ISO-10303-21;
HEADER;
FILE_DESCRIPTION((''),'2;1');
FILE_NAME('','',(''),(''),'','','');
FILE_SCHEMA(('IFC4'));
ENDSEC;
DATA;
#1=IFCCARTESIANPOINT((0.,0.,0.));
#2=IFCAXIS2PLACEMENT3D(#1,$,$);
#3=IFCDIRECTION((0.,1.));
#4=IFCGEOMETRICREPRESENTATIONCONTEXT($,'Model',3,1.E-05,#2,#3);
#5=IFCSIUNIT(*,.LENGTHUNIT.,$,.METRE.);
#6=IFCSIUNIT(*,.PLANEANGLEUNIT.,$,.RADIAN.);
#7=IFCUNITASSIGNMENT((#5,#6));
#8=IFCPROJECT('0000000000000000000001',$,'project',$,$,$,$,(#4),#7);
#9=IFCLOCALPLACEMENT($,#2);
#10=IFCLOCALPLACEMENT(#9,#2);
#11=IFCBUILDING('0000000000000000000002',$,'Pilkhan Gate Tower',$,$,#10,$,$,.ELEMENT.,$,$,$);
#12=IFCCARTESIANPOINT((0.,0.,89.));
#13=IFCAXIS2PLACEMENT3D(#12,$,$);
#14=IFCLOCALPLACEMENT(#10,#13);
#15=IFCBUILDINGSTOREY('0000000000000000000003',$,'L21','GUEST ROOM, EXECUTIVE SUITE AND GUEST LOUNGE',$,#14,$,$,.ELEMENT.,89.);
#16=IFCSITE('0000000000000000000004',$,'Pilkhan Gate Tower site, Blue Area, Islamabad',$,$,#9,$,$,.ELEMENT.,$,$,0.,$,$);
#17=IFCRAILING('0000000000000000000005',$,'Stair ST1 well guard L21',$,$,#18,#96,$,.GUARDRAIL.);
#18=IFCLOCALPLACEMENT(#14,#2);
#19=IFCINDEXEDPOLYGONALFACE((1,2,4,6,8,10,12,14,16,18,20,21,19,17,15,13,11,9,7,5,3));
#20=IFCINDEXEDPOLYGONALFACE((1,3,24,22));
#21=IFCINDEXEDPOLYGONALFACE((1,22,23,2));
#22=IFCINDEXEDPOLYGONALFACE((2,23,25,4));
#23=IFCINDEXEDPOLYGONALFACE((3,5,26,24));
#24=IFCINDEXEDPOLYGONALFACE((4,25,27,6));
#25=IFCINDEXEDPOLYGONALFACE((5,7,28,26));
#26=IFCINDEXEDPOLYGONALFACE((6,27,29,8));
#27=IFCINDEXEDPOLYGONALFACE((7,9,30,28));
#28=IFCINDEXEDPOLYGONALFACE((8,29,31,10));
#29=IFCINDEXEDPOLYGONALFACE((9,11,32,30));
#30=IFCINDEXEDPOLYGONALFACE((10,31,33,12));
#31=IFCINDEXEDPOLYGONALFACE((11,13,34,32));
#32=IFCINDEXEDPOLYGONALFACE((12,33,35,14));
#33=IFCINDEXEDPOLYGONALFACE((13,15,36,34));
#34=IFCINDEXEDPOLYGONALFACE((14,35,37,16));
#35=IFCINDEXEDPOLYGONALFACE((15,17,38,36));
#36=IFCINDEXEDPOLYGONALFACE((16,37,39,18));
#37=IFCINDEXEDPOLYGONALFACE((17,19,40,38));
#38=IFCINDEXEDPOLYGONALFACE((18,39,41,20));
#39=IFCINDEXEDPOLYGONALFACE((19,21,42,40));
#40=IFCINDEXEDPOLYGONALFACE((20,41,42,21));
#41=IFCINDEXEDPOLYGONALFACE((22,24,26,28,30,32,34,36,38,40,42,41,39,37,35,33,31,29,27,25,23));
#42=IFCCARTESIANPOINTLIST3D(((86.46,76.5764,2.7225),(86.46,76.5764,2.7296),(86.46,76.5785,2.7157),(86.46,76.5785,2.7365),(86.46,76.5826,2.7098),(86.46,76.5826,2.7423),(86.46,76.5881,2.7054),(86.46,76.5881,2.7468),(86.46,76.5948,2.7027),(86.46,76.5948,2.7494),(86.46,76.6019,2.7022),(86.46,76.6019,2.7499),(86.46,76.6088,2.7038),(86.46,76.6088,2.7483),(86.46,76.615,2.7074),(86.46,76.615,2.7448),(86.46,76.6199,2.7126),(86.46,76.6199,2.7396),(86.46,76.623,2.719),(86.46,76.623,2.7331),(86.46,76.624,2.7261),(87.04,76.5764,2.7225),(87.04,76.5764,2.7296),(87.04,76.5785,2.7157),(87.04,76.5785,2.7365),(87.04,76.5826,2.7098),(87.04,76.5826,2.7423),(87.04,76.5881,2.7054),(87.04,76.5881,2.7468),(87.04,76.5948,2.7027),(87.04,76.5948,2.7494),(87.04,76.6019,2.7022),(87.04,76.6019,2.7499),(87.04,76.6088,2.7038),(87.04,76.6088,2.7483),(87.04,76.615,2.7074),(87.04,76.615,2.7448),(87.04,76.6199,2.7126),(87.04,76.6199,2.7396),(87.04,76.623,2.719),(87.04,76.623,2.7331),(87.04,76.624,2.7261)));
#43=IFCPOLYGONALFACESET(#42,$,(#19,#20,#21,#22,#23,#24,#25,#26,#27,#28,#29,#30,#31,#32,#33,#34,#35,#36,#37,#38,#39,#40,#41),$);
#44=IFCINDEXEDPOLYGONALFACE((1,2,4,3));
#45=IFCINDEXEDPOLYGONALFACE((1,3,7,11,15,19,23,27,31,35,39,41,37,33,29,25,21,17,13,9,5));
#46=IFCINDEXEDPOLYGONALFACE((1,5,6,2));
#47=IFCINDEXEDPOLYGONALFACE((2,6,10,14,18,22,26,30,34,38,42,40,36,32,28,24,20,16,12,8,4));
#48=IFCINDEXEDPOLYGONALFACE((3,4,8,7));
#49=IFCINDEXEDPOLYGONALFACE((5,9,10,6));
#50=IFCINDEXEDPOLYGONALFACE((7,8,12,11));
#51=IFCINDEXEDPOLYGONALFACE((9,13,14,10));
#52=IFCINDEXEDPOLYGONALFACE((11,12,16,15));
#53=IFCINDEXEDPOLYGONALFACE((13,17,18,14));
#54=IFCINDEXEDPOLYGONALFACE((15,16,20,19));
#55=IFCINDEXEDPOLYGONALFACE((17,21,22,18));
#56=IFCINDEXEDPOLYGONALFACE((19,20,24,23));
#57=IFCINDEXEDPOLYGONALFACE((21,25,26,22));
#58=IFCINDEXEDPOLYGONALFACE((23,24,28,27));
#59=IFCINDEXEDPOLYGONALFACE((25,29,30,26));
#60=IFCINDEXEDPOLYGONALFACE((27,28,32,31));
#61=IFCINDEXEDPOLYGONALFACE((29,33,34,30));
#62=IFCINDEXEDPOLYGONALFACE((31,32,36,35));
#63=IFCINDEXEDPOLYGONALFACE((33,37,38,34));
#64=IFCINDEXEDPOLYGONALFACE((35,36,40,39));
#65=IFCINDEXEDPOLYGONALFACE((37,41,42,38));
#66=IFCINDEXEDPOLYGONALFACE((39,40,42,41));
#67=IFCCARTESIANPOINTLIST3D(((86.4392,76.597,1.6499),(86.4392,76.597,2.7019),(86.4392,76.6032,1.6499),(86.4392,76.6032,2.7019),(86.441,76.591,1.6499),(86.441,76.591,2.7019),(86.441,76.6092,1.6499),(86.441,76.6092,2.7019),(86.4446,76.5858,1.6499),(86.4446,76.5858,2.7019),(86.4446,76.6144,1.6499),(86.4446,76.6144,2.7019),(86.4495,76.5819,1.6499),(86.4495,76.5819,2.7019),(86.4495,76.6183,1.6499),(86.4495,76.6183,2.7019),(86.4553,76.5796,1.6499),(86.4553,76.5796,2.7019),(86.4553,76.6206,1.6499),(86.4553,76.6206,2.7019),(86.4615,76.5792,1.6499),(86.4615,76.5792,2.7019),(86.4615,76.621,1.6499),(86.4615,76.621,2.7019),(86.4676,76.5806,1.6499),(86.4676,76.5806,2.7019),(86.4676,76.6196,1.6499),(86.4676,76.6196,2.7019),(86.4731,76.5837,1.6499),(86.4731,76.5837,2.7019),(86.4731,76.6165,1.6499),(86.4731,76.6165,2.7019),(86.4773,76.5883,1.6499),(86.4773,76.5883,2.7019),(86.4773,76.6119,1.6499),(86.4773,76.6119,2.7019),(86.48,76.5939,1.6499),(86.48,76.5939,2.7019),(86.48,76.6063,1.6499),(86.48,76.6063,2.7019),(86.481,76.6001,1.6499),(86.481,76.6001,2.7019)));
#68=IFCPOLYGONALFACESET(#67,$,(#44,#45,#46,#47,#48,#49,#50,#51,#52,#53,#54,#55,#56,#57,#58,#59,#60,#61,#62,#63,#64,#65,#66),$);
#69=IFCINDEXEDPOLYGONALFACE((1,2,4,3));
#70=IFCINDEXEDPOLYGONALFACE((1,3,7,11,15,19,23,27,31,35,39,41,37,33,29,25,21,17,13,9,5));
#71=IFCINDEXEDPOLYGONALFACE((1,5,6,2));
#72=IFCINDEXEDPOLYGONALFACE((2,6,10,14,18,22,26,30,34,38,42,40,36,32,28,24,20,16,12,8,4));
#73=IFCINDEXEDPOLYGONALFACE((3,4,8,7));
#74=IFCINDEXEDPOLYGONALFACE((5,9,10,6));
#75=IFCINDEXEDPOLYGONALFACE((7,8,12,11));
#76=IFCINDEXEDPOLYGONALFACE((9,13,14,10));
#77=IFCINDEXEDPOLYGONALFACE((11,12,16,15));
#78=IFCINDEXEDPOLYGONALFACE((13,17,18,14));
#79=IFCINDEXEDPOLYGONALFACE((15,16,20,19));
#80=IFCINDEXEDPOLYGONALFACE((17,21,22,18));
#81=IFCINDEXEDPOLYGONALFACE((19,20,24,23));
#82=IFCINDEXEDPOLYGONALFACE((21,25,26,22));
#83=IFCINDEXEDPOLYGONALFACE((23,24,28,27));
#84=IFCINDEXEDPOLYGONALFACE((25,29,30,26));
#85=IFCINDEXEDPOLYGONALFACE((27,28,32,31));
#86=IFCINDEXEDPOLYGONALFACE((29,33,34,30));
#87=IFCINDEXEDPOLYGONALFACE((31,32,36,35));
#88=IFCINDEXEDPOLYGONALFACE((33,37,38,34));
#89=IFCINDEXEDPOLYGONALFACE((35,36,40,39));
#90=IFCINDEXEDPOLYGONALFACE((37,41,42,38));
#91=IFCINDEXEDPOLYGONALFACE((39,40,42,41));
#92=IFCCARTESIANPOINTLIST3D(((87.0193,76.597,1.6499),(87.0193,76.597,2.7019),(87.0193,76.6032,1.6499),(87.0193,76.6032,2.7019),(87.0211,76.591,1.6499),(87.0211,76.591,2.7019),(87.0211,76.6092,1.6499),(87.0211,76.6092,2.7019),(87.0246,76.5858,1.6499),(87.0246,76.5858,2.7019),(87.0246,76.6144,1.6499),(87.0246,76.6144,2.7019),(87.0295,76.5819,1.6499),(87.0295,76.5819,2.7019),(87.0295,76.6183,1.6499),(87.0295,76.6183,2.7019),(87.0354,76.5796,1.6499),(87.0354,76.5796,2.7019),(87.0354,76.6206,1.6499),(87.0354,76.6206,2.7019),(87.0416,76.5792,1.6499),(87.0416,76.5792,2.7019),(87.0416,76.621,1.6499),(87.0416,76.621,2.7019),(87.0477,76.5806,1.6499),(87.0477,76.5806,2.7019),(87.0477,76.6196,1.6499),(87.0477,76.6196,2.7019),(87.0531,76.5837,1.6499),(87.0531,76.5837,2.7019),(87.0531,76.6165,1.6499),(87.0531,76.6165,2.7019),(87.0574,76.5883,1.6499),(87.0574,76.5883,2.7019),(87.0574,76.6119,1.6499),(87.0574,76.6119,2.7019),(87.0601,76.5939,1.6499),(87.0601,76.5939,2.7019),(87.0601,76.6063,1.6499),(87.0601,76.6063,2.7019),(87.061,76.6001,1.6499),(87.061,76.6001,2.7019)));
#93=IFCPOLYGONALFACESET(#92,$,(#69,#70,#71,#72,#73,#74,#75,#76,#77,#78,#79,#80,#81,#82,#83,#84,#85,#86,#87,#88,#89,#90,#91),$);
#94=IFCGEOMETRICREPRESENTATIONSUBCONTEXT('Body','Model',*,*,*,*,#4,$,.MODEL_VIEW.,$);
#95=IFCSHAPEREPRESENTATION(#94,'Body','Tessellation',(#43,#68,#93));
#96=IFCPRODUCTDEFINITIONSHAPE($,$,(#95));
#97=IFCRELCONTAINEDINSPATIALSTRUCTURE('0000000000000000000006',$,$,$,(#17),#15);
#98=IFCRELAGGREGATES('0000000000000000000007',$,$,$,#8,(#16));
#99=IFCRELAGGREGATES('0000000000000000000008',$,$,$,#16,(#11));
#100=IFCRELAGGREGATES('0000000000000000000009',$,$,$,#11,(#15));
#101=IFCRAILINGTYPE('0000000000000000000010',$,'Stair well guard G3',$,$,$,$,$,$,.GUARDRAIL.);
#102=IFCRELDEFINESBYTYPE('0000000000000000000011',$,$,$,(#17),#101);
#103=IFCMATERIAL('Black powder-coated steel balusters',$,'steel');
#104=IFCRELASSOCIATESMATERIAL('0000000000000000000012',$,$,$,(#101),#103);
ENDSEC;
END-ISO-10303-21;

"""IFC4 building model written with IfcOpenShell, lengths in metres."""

from ifc_helpers import new_model, si_unit, direction, frame, origin, origin_2d, place, context, subcontext, project, spatial, circle, extrude, material, type_object, element, save


model = new_model("IFC4")

# Units and contexts
model_context = context("Model", 3, precision=1e-05, world=origin(), true_north=direction((0.0, 1.0)))
body_context = subcontext(model_context, "Body", "Model", "MODEL_VIEW")
ifc_project = project(units=[si_unit("LENGTHUNIT", "METRE"), si_unit("PLANEANGLEUNIT", "RADIAN")], contexts=[model_context])

# Site, building, storey
site_placement = place(None, origin())
site = spatial("IfcSite", under=ifc_project, at=site_placement, Name="Pilkhan Gate Tower site, Blue Area, Islamabad", CompositionType="ELEMENT", RefElevation=0.0)
building_placement = place(site_placement, origin())
building = spatial("IfcBuilding", under=site, at=building_placement, Name="Pilkhan Gate Tower", CompositionType="ELEMENT")
storey_placement = place(building_placement, frame((0.0, 0.0, 89.0)))
storey = spatial("IfcBuildingStorey", under=building, at=storey_placement, Name="L21", Description="GUEST ROOM, EXECUTIVE SUITE AND GUEST LOUNGE", CompositionType="ELEMENT", Elevation=89.0)

# Railing
ifc_material_1 = material(Name="Black powder-coated steel balusters", Category="steel")
railing_type_1 = type_object("IfcRailingType", Name="Stair well guard G3", PredefinedType="GUARDRAIL", material=ifc_material_1)
for number, where, name in (
    (1, (86.46, 76.6001, 1.6499), "Stair ST1 well guard L21"),
):
    element("IfcRailing", number, at=place(storey_placement, frame(where)), inside=storey, type_object=railing_type_1, Name=name, PredefinedType="GUARDRAIL", context=body_context, shape_type="SweptSolid", body=[
        extrude(circle(Radius=0.0239, at=origin_2d()), frame((0.0, 0.0, 1.0762), z_axis=(1.0, 0.0, 0.0), x_axis=(0.0, 1.0, 0.0)), (0.0, 0.0, 1.0), 0.5801),
        extrude(circle(Radius=0.021, at=origin_2d()), origin(), (0.0, 0.0, 1.0), 1.052),
        extrude(circle(Radius=0.021, at=origin_2d()), frame((0.5801, 0.0, 0.0)), (0.0, 0.0, 1.0), 1.052),
    ])

save(model, "model.ifc")
